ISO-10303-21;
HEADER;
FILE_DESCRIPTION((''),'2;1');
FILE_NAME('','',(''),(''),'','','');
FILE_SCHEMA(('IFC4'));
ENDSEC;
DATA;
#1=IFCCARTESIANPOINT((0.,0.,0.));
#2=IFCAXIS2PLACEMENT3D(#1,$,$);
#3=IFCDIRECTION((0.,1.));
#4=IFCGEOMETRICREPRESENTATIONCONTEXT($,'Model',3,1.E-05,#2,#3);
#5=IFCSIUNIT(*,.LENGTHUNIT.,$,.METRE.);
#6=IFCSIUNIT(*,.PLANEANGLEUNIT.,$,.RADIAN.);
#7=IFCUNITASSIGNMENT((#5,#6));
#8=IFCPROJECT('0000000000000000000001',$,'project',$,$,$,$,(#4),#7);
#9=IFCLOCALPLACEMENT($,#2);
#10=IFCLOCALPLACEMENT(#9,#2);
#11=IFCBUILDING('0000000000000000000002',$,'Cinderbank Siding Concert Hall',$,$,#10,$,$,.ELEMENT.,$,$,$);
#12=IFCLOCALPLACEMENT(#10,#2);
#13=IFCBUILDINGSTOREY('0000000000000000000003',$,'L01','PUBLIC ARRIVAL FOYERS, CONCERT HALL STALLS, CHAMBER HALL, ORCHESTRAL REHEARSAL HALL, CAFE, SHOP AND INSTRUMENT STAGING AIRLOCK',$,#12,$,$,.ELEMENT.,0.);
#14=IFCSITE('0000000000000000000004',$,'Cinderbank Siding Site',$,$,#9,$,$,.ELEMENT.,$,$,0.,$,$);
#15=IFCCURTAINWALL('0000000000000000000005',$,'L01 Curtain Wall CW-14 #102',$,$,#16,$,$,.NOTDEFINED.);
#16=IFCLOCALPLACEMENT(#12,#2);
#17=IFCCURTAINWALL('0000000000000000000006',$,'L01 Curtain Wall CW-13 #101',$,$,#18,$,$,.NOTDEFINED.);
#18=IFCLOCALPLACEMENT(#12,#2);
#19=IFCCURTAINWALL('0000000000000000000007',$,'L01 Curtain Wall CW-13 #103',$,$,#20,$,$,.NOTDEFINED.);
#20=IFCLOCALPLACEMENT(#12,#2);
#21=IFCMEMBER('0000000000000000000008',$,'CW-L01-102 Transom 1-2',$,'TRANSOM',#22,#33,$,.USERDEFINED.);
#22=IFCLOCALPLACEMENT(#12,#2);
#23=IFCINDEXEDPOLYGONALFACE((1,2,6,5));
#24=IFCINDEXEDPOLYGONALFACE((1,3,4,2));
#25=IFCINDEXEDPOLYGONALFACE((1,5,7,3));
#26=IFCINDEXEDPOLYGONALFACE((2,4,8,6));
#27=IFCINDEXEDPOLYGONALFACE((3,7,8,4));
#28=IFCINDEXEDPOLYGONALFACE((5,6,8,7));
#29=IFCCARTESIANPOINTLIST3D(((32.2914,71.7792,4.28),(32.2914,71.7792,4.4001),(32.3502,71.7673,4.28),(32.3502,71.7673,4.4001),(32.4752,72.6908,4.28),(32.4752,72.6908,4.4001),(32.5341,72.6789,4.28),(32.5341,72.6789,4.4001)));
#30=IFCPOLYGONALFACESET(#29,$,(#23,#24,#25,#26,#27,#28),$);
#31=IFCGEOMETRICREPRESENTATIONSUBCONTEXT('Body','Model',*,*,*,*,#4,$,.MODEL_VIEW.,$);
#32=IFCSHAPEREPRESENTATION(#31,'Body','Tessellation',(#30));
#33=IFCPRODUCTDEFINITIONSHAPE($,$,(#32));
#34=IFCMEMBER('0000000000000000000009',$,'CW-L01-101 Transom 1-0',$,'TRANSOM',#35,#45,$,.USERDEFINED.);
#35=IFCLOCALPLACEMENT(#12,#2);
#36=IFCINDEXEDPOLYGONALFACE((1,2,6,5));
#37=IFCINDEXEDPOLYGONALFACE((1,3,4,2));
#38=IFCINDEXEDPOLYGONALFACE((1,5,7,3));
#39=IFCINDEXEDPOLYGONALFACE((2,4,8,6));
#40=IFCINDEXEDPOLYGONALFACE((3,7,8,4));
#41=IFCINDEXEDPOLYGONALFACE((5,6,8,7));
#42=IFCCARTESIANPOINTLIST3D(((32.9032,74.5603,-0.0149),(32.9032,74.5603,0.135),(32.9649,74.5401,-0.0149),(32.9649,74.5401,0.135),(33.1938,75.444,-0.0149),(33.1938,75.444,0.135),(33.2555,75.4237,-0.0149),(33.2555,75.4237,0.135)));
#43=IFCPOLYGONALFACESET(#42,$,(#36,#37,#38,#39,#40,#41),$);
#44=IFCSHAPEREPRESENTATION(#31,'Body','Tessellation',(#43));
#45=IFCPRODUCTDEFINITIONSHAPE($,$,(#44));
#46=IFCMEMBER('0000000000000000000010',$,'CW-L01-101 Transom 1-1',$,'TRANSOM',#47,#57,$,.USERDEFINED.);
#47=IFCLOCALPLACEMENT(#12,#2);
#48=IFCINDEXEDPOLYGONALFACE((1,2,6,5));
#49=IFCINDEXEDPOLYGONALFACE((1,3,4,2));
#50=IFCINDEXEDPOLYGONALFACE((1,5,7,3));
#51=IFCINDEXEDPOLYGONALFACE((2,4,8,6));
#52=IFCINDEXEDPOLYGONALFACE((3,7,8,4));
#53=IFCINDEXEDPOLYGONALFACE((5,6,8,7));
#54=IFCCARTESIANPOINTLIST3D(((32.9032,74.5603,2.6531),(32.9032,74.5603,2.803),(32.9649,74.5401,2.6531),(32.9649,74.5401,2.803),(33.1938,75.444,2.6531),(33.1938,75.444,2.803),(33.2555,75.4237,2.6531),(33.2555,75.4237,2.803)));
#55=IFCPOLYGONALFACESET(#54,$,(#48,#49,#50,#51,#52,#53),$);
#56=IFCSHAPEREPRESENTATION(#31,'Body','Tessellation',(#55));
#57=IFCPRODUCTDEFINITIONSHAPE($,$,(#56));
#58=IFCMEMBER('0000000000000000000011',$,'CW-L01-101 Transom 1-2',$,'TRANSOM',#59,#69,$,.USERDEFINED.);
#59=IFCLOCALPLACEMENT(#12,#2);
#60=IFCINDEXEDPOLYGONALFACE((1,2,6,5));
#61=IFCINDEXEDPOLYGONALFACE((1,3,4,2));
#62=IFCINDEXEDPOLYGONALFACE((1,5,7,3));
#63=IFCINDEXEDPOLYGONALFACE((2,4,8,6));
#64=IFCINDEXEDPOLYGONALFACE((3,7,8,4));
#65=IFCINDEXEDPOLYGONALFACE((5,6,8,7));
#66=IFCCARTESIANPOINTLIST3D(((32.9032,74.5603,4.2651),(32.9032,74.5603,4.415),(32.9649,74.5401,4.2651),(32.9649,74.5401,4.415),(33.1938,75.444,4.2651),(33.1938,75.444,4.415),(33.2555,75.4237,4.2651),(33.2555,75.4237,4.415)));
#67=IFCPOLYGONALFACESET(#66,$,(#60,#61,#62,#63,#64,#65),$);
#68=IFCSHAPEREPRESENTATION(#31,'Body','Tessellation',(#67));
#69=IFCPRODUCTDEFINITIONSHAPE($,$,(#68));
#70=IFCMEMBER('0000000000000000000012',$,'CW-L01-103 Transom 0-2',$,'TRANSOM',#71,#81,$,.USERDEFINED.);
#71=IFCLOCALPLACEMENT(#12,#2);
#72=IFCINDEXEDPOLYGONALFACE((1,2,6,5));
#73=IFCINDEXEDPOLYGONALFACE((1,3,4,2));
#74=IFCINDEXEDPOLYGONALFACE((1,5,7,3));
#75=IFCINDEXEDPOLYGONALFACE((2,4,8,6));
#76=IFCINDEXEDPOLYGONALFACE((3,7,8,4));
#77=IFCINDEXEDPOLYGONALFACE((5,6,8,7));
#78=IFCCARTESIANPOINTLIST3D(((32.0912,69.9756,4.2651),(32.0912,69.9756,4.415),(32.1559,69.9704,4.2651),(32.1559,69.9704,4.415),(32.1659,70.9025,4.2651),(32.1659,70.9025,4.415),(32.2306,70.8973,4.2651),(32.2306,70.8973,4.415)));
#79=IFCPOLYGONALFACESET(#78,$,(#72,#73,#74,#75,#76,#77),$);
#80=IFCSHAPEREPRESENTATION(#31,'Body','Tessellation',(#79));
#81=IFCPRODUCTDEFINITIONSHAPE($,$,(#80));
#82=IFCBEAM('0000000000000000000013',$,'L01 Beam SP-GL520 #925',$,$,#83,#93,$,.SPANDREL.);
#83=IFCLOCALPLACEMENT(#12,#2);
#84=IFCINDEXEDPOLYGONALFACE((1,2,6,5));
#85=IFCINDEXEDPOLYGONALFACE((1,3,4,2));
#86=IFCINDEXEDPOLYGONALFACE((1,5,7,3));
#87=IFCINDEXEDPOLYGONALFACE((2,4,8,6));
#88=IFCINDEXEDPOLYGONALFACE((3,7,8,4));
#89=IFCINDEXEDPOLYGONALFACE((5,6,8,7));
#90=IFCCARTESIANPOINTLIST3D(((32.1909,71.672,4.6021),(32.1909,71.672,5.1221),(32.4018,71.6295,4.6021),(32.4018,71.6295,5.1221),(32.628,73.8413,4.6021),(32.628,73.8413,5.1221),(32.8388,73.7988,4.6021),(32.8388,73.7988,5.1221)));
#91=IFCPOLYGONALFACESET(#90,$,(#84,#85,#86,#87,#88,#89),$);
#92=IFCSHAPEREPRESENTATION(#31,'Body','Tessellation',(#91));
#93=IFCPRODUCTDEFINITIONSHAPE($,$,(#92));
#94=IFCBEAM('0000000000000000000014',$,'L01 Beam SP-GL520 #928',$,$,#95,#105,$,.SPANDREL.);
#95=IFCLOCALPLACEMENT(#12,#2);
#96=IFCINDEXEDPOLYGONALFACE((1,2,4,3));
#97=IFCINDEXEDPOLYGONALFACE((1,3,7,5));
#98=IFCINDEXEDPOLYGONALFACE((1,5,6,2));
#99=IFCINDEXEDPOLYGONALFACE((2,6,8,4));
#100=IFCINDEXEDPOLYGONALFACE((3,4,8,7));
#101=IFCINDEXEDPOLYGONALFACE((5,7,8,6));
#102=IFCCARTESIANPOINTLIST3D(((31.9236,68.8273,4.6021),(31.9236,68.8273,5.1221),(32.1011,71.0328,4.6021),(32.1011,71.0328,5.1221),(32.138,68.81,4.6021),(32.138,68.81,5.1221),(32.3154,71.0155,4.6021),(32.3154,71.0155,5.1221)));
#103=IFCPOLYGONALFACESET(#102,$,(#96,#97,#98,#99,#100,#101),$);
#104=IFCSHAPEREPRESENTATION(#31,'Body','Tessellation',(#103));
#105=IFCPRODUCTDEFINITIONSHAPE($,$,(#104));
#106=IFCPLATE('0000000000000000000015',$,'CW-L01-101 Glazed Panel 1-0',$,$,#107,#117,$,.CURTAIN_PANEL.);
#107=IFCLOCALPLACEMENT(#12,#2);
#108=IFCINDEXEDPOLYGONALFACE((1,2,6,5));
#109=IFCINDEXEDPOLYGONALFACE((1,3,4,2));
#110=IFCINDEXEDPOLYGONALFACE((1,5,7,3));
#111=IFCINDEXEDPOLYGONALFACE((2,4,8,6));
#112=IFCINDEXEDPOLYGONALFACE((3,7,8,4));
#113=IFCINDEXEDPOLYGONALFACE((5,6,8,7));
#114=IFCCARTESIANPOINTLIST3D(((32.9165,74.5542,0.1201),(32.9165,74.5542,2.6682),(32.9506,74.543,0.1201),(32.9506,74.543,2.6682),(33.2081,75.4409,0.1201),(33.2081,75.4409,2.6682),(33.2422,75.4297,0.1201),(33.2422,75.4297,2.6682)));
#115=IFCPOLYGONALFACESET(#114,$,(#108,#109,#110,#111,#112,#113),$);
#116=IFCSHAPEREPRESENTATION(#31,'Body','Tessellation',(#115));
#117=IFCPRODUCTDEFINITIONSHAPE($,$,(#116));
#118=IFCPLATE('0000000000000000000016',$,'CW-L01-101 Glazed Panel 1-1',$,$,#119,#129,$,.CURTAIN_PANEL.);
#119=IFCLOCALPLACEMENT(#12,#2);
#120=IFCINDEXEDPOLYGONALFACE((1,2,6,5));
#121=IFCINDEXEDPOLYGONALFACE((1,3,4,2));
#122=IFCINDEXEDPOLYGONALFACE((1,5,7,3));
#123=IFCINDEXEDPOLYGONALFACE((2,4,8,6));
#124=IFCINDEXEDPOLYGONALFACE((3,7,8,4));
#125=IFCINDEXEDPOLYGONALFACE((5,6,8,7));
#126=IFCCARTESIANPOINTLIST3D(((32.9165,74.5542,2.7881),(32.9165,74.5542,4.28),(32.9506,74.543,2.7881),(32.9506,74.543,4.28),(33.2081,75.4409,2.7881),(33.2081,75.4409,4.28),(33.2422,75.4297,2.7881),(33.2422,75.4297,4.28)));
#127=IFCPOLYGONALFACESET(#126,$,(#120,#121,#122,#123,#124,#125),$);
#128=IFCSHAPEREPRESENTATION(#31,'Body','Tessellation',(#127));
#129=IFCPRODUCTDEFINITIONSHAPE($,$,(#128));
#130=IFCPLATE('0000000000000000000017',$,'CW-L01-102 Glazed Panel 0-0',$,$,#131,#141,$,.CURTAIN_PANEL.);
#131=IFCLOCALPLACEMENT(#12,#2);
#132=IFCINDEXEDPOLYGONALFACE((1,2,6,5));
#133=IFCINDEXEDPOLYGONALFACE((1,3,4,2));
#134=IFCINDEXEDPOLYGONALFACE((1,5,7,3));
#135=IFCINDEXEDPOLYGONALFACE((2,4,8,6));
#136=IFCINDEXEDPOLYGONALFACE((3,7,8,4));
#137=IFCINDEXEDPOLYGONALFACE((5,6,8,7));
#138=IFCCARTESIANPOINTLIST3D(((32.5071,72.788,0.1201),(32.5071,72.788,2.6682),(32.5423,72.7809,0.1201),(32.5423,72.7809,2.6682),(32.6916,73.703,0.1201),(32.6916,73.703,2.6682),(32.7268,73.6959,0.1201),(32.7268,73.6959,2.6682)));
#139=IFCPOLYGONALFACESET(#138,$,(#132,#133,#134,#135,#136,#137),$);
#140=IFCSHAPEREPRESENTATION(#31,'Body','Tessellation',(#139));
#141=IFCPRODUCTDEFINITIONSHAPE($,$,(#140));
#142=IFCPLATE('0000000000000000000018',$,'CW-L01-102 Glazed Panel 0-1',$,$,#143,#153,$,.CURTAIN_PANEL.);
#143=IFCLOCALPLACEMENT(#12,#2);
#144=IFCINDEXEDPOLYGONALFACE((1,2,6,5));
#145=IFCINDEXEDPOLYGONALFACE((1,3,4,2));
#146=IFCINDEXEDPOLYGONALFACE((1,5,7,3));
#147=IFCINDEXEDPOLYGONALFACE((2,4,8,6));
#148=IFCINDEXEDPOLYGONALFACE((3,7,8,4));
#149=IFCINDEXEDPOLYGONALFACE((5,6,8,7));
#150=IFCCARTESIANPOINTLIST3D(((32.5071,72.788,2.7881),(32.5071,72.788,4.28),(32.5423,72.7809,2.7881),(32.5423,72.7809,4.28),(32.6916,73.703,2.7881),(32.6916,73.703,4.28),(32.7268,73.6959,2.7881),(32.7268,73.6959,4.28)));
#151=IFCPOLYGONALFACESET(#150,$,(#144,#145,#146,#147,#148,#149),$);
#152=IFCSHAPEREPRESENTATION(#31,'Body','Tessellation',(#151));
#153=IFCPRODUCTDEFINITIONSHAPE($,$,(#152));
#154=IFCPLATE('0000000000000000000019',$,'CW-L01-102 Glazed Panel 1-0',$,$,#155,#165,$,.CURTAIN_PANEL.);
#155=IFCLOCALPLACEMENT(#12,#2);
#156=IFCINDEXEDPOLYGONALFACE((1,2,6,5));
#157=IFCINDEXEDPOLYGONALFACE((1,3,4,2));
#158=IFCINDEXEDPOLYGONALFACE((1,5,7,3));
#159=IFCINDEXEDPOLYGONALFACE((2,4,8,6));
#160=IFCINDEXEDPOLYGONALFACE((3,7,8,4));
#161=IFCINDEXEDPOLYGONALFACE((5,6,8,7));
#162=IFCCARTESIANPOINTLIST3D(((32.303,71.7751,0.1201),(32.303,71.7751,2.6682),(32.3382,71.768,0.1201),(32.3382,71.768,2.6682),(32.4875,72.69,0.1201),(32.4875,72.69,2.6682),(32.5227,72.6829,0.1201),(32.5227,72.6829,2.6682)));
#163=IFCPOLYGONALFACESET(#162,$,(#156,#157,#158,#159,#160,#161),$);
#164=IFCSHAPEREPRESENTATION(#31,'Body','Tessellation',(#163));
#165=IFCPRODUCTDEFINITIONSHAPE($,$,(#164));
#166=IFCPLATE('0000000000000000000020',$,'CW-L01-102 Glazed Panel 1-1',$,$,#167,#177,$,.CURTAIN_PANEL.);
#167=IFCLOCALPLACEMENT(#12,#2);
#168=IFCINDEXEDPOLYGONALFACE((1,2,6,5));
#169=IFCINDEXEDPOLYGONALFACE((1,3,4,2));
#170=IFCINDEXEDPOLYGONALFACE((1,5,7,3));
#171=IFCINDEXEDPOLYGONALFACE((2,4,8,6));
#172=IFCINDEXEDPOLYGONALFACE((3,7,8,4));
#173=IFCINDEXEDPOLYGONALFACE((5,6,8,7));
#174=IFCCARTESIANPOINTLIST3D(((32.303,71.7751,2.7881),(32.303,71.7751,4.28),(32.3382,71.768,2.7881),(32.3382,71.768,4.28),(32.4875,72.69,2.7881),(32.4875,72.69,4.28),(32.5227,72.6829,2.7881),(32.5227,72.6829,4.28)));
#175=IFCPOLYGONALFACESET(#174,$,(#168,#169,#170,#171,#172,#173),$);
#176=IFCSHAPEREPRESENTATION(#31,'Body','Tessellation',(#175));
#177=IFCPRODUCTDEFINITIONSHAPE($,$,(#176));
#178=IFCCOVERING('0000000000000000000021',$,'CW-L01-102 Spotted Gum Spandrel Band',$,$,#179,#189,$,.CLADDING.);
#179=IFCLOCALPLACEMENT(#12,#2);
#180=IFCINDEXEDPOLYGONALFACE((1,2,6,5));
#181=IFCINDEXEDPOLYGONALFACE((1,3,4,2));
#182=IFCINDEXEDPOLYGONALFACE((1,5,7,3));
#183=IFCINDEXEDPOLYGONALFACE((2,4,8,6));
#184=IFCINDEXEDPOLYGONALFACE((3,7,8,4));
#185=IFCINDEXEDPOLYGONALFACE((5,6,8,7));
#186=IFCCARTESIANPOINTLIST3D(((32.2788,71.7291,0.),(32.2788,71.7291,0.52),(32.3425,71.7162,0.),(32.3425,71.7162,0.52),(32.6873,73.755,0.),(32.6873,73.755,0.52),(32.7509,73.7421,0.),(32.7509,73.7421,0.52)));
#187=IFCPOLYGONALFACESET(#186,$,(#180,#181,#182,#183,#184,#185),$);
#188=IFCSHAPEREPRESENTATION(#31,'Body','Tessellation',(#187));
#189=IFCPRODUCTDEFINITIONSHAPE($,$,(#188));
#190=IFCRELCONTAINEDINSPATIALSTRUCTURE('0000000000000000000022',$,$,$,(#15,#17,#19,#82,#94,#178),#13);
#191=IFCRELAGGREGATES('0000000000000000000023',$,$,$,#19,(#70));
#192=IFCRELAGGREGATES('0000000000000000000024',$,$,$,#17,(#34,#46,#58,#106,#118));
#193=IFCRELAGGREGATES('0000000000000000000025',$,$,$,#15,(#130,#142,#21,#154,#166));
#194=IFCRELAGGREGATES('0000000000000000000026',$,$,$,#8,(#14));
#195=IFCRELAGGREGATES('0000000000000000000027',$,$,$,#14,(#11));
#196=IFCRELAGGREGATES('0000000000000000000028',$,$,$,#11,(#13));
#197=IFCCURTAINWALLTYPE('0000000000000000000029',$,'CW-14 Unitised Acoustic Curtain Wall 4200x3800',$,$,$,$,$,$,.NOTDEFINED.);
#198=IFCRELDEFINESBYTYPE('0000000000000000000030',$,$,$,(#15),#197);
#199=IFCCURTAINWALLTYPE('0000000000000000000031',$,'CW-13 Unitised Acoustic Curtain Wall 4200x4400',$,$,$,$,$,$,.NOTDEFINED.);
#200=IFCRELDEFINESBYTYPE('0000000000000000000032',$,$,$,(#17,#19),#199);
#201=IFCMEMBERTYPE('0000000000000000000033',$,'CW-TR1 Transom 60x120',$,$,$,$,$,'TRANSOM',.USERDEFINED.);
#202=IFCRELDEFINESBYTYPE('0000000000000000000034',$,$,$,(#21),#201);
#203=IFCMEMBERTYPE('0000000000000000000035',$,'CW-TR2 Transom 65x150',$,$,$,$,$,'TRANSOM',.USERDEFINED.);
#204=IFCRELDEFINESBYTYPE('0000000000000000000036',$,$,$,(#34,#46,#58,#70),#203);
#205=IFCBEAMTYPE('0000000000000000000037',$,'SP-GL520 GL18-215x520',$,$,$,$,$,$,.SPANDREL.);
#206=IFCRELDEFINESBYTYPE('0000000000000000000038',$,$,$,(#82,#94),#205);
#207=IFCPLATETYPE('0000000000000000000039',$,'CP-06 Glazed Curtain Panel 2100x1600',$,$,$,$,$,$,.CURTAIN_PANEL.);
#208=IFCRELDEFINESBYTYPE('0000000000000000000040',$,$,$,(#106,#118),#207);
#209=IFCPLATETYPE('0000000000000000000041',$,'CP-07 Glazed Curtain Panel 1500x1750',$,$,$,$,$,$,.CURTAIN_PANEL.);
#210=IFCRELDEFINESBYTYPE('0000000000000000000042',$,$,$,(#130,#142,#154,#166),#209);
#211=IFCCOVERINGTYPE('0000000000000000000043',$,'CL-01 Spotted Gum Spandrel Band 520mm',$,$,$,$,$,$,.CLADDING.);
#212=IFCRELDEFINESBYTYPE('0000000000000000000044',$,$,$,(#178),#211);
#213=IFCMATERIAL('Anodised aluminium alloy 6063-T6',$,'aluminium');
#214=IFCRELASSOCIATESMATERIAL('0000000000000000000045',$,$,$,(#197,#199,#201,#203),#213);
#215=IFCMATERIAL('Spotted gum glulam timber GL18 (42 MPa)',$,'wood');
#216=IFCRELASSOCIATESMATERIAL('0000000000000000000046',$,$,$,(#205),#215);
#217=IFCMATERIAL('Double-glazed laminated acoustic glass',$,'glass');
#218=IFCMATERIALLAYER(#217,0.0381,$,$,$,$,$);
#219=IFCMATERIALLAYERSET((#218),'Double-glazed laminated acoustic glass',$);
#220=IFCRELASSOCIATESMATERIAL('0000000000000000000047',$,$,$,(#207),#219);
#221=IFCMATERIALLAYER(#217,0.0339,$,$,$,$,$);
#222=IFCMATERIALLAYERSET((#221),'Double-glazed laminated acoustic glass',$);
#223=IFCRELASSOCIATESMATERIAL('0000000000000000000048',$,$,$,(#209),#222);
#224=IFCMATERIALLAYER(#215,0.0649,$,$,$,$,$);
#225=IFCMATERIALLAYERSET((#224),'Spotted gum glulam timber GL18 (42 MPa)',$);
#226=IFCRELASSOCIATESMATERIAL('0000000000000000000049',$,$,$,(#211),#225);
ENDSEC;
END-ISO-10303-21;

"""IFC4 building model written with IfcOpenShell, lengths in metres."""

from ifc_helpers import new_model, si_unit, direction, frame, origin, origin_2d, place, context, subcontext, project, spatial, rectangle, extrude, material, layer, layer_set, material_profile, profile_set, type_object, element, aggregate, save


model = new_model("IFC4")

# Units and contexts
model_context = context("Model", 3, precision=1e-05, world=origin(), true_north=direction((0.0, 1.0)))
body_context = subcontext(model_context, "Body", "Model", "MODEL_VIEW")
ifc_project = project(units=[si_unit("LENGTHUNIT", "METRE"), si_unit("PLANEANGLEUNIT", "RADIAN")], contexts=[model_context])

# Site, building, storey
site_placement = place(None, origin())
site = spatial("IfcSite", under=ifc_project, at=site_placement, Name="Cinderbank Siding Site", CompositionType="ELEMENT", RefElevation=0.0)
building_placement = place(site_placement, origin())
building = spatial("IfcBuilding", under=site, at=building_placement, Name="Cinderbank Siding Concert Hall", CompositionType="ELEMENT")
storey_placement = place(building_placement, origin())
storey = spatial("IfcBuildingStorey", under=building, at=storey_placement, Name="L01", Description="PUBLIC ARRIVAL FOYERS, CONCERT HALL STALLS, CHAMBER HALL, ORCHESTRAL REHEARSAL HALL, CAFE, SHOP AND INSTRUMENT STAGING AIRLOCK", CompositionType="ELEMENT", Elevation=0.0)

# Curtain wall
ifc_material_1 = material(Name="Anodised aluminium alloy 6063-T6", Category="aluminium")
curtain_wall_type_1 = type_object("IfcCurtainWallType", Name="CW-14 Unitised Acoustic Curtain Wall 4200x3800", PredefinedType="NOTDEFINED", material=ifc_material_1)
curtain_wall_1_placement = place(storey_placement, origin())
curtain_wall_1 = element("IfcCurtainWall", 1, at=curtain_wall_1_placement, inside=storey, type_object=curtain_wall_type_1, Name="L01 Curtain Wall CW-14 #102", PredefinedType="NOTDEFINED")

# Curtain walls
curtain_wall_type_2 = type_object("IfcCurtainWallType", Name="CW-13 Unitised Acoustic Curtain Wall 4200x4400", PredefinedType="NOTDEFINED", material=ifc_material_1)
curtain_wall_2_placement = place(storey_placement, origin())
curtain_wall_2 = element("IfcCurtainWall", 2, at=curtain_wall_2_placement, inside=storey, type_object=curtain_wall_type_2, Name="L01 Curtain Wall CW-13 #101", PredefinedType="NOTDEFINED")
curtain_wall_3_placement = place(storey_placement, origin())
curtain_wall_3 = element("IfcCurtainWall", 3, at=curtain_wall_3_placement, inside=storey, type_object=curtain_wall_type_2, Name="L01 Curtain Wall CW-13 #103", PredefinedType="NOTDEFINED")

# Members
ifc_material_profile_1 = material_profile(ifc_material_1, rectangle(XDim=0.0601, YDim=0.1201, at=origin_2d()), Name="ALU-TRAN-60x120", Category="LoadBearing")
ifc_profile_set_1 = profile_set([ifc_material_profile_1], Name="Anodised aluminium alloy 6063-T6")
member_type_1 = type_object("IfcMemberType", Name="CW-TR1 Transom 60x120", ElementType="TRANSOM", PredefinedType="USERDEFINED", material=ifc_profile_set_1)
member_1_placement = place(storey_placement, frame((32.5046, 72.6848, 4.3401), z_axis=(-0.197681, -0.980266, 0.0), x_axis=(0.980266, -0.197681, 0.0)))
member_1 = element("IfcMember", 4, at=member_1_placement, type_object=member_type_1, Name="CW-L01-102 Transom 1-2", ObjectType="TRANSOM", PredefinedType="USERDEFINED", context=body_context, shape_type="SweptSolid", body=[
    extrude(rectangle(XDim=0.0601, YDim=0.1201, at=origin_2d()), origin(), (0.0, 0.0, 1.0), 0.9299),
])
ifc_material_profile_2 = material_profile(ifc_material_1, rectangle(XDim=0.0649, YDim=0.1499, at=origin_2d()), Name="ALU-TRAN-65x150", Category="LoadBearing")
ifc_profile_set_2 = profile_set([ifc_material_profile_2], Name="Anodised aluminium alloy 6063-T6")
member_type_2 = type_object("IfcMemberType", Name="CW-TR2 Transom 65x150", ElementType="TRANSOM", PredefinedType="USERDEFINED", material=ifc_profile_set_2)
member_2_placement = place(storey_placement, frame((33.2246, 75.4338, 0.0601), z_axis=(-0.312367, -0.949962, 0.0), x_axis=(0.949962, -0.312367, 0.0)))
member_2 = element("IfcMember", 5, at=member_2_placement, type_object=member_type_2, Name="CW-L01-101 Transom 1-0", ObjectType="TRANSOM", PredefinedType="USERDEFINED", context=body_context, shape_type="SweptSolid", body=[
    extrude(rectangle(XDim=0.0649, YDim=0.1499, at=origin_2d()), origin(), (0.0, 0.0, 1.0), 0.9302),
])
member_3_placement = place(storey_placement, frame((33.2246, 75.4338, 2.728), z_axis=(-0.312367, -0.949962, 0.0), x_axis=(0.949962, -0.312367, 0.0)))
member_3 = element("IfcMember", 6, at=member_3_placement, type_object=member_type_2, Name="CW-L01-101 Transom 1-1", ObjectType="TRANSOM", PredefinedType="USERDEFINED", context=body_context, shape_type="SweptSolid", body=[
    extrude(rectangle(XDim=0.0649, YDim=0.1499, at=origin_2d()), origin(), (0.0, 0.0, 1.0), 0.9302),
])
member_4_placement = place(storey_placement, frame((33.2246, 75.4338, 4.3401), z_axis=(-0.312367, -0.949962, 0.0), x_axis=(0.949962, -0.312367, 0.0)))
member_4 = element("IfcMember", 7, at=member_4_placement, type_object=member_type_2, Name="CW-L01-101 Transom 1-2", ObjectType="TRANSOM", PredefinedType="USERDEFINED", context=body_context, shape_type="SweptSolid", body=[
    extrude(rectangle(XDim=0.0649, YDim=0.1499, at=origin_2d()), origin(), (0.0, 0.0, 1.0), 0.9302),
])
member_5_placement = place(storey_placement, frame((32.1982, 70.8999, 4.3401), z_axis=(-0.08033, -0.996768, 0.0), x_axis=(0.996768, -0.08033, 0.0)))
member_5 = element("IfcMember", 8, at=member_5_placement, type_object=member_type_2, Name="CW-L01-103 Transom 0-2", ObjectType="TRANSOM", PredefinedType="USERDEFINED", context=body_context, shape_type="SweptSolid", body=[
    extrude(rectangle(XDim=0.0649, YDim=0.1499, at=origin_2d()), origin(), (0.0, 0.0, 1.0), 0.9299),
])
aggregate(curtain_wall_3, [member_5])

# Beams
ifc_material_2 = material(Name="Spotted gum glulam timber GL18 (42 MPa)", Category="wood")
ifc_material_profile_3 = material_profile(ifc_material_2, rectangle(XDim=0.2151, YDim=0.52, at=origin_2d()), Name="GL18-215x520", Category="LoadBearing")
ifc_profile_set_3 = profile_set([ifc_material_profile_3], Name="Spotted gum glulam timber GL18 (42 MPa)")
beam_type_1 = type_object("IfcBeamType", Name="SP-GL520 GL18-215x520", PredefinedType="SPANDREL", material=ifc_profile_set_3)
beam_1_placement = place(storey_placement, frame((32.7334, 73.8201, 4.8621), z_axis=(-0.197495, -0.980304, 0.0), x_axis=(0.980304, -0.197495, 0.0)))
element("IfcBeam", 9, at=beam_1_placement, inside=storey, type_object=beam_type_1, Name="L01 Beam SP-GL520 #925", PredefinedType="SPANDREL", context=body_context, shape_type="SweptSolid", body=[
    extrude(rectangle(XDim=0.2151, YDim=0.52, at=origin_2d()), origin(), (0.0, 0.0, 1.0), 2.2129),
])
beam_2_placement = place(storey_placement, frame((32.2083, 71.0242, 4.8621), z_axis=(-0.080214, -0.996778, 0.0), x_axis=(0.996778, -0.080214, 0.0)))
element("IfcBeam", 10, at=beam_2_placement, inside=storey, type_object=beam_type_1, Name="L01 Beam SP-GL520 #928", PredefinedType="SPANDREL", context=body_context, shape_type="SweptSolid", body=[
    extrude(rectangle(XDim=0.2151, YDim=0.52, at=origin_2d()), origin(), (0.0, 0.0, 1.0), 2.2126),
])

# Plates
ifc_material_3 = material(Name="Double-glazed laminated acoustic glass", Category="glass")
ifc_layer_1 = layer(ifc_material_3, 0.0381)
ifc_layer_set_1 = layer_set([ifc_layer_1], Name="Double-glazed laminated acoustic glass")
plate_type_1 = type_object("IfcPlateType", Name="CP-06 Glazed Curtain Panel 2100x1600", PredefinedType="CURTAIN_PANEL", material=ifc_layer_set_1)
plate_1_placement = place(storey_placement, frame((33.0793, 74.9919, 0.1201), z_axis=(0.0, 0.0, 1.0), x_axis=(-0.312358, -0.949965, 0.0)))
plate_1 = element("IfcPlate", 11, at=plate_1_placement, type_object=plate_type_1, Name="CW-L01-101 Glazed Panel 1-0", PredefinedType="CURTAIN_PANEL", context=body_context, shape_type="SweptSolid", body=[
    extrude(rectangle(XDim=0.9333, YDim=0.0359, at=origin_2d()), origin(), (0.0, 0.0, 1.0), 2.5481),
])
plate_2_placement = place(storey_placement, frame((33.0793, 74.9919, 2.7881), z_axis=(0.0, 0.0, 1.0), x_axis=(-0.312358, -0.949965, 0.0)))
plate_2 = element("IfcPlate", 12, at=plate_2_placement, type_object=plate_type_1, Name="CW-L01-101 Glazed Panel 1-1", PredefinedType="CURTAIN_PANEL", context=body_context, shape_type="SweptSolid", body=[
    extrude(rectangle(XDim=0.9333, YDim=0.0359, at=origin_2d()), origin(), (0.0, 0.0, 1.0), 1.4919),
])
aggregate(curtain_wall_2, [member_2, member_3, member_4, plate_1, plate_2])
ifc_layer_2 = layer(ifc_material_3, 0.0339)
ifc_layer_set_2 = layer_set([ifc_layer_2], Name="Double-glazed laminated acoustic glass")
plate_type_2 = type_object("IfcPlateType", Name="CP-07 Glazed Curtain Panel 1500x1750", PredefinedType="CURTAIN_PANEL", material=ifc_layer_set_2)
plate_3_placement = place(storey_placement, frame((32.6169, 73.2419, 0.1201), z_axis=(0.0, 0.0, 1.0), x_axis=(-0.197636, -0.980275, 0.0)))
plate_3 = element("IfcPlate", 13, at=plate_3_placement, type_object=plate_type_2, Name="CW-L01-102 Glazed Panel 0-0", PredefinedType="CURTAIN_PANEL", context=body_context, shape_type="SweptSolid", body=[
    extrude(rectangle(XDim=0.9333, YDim=0.0359, at=origin_2d()), origin(), (0.0, 0.0, 1.0), 2.5481),
])
plate_4_placement = place(storey_placement, frame((32.6169, 73.2419, 2.7881), z_axis=(0.0, 0.0, 1.0), x_axis=(-0.197636, -0.980275, 0.0)))
plate_4 = element("IfcPlate", 14, at=plate_4_placement, type_object=plate_type_2, Name="CW-L01-102 Glazed Panel 0-1", PredefinedType="CURTAIN_PANEL", context=body_context, shape_type="SweptSolid", body=[
    extrude(rectangle(XDim=0.9333, YDim=0.0359, at=origin_2d()), origin(), (0.0, 0.0, 1.0), 1.4919),
])
plate_5_placement = place(storey_placement, frame((32.4128, 72.229, 0.1201), z_axis=(0.0, 0.0, 1.0), x_axis=(-0.197636, -0.980275, 0.0)))
plate_5 = element("IfcPlate", 15, at=plate_5_placement, type_object=plate_type_2, Name="CW-L01-102 Glazed Panel 1-0", PredefinedType="CURTAIN_PANEL", context=body_context, shape_type="SweptSolid", body=[
    extrude(rectangle(XDim=0.9333, YDim=0.0359, at=origin_2d()), origin(), (0.0, 0.0, 1.0), 2.5481),
])
plate_6_placement = place(storey_placement, frame((32.4128, 72.229, 2.7881), z_axis=(0.0, 0.0, 1.0), x_axis=(-0.197636, -0.980275, 0.0)))
plate_6 = element("IfcPlate", 16, at=plate_6_placement, type_object=plate_type_2, Name="CW-L01-102 Glazed Panel 1-1", PredefinedType="CURTAIN_PANEL", context=body_context, shape_type="SweptSolid", body=[
    extrude(rectangle(XDim=0.9333, YDim=0.0359, at=origin_2d()), origin(), (0.0, 0.0, 1.0), 1.4919),
])
aggregate(curtain_wall_1, [plate_3, plate_4, member_1, plate_5, plate_6])

# Covering
ifc_layer_3 = layer(ifc_material_2, 0.0649)
ifc_layer_set_3 = layer_set([ifc_layer_3], Name="Spotted gum glulam timber GL18 (42 MPa)")
covering_type = type_object("IfcCoveringType", Name="CL-01 Spotted Gum Spandrel Band 520mm", PredefinedType="CLADDING", material=ifc_layer_set_3)
covering_placement = place(storey_placement, frame((32.5149, 72.7356, 0.0), z_axis=(0.0, 0.0, 1.0), x_axis=(-0.197636, -0.980275, 0.0)))
element("IfcCovering", 17, at=covering_placement, inside=storey, type_object=covering_type, Name="CW-L01-102 Spotted Gum Spandrel Band", PredefinedType="CLADDING", context=body_context, shape_type="SweptSolid", body=[
    extrude(rectangle(XDim=2.0667, YDim=0.0649, at=origin_2d()), origin(), (0.0, 0.0, 1.0), 0.52),
])

save(model, "model.ifc")
